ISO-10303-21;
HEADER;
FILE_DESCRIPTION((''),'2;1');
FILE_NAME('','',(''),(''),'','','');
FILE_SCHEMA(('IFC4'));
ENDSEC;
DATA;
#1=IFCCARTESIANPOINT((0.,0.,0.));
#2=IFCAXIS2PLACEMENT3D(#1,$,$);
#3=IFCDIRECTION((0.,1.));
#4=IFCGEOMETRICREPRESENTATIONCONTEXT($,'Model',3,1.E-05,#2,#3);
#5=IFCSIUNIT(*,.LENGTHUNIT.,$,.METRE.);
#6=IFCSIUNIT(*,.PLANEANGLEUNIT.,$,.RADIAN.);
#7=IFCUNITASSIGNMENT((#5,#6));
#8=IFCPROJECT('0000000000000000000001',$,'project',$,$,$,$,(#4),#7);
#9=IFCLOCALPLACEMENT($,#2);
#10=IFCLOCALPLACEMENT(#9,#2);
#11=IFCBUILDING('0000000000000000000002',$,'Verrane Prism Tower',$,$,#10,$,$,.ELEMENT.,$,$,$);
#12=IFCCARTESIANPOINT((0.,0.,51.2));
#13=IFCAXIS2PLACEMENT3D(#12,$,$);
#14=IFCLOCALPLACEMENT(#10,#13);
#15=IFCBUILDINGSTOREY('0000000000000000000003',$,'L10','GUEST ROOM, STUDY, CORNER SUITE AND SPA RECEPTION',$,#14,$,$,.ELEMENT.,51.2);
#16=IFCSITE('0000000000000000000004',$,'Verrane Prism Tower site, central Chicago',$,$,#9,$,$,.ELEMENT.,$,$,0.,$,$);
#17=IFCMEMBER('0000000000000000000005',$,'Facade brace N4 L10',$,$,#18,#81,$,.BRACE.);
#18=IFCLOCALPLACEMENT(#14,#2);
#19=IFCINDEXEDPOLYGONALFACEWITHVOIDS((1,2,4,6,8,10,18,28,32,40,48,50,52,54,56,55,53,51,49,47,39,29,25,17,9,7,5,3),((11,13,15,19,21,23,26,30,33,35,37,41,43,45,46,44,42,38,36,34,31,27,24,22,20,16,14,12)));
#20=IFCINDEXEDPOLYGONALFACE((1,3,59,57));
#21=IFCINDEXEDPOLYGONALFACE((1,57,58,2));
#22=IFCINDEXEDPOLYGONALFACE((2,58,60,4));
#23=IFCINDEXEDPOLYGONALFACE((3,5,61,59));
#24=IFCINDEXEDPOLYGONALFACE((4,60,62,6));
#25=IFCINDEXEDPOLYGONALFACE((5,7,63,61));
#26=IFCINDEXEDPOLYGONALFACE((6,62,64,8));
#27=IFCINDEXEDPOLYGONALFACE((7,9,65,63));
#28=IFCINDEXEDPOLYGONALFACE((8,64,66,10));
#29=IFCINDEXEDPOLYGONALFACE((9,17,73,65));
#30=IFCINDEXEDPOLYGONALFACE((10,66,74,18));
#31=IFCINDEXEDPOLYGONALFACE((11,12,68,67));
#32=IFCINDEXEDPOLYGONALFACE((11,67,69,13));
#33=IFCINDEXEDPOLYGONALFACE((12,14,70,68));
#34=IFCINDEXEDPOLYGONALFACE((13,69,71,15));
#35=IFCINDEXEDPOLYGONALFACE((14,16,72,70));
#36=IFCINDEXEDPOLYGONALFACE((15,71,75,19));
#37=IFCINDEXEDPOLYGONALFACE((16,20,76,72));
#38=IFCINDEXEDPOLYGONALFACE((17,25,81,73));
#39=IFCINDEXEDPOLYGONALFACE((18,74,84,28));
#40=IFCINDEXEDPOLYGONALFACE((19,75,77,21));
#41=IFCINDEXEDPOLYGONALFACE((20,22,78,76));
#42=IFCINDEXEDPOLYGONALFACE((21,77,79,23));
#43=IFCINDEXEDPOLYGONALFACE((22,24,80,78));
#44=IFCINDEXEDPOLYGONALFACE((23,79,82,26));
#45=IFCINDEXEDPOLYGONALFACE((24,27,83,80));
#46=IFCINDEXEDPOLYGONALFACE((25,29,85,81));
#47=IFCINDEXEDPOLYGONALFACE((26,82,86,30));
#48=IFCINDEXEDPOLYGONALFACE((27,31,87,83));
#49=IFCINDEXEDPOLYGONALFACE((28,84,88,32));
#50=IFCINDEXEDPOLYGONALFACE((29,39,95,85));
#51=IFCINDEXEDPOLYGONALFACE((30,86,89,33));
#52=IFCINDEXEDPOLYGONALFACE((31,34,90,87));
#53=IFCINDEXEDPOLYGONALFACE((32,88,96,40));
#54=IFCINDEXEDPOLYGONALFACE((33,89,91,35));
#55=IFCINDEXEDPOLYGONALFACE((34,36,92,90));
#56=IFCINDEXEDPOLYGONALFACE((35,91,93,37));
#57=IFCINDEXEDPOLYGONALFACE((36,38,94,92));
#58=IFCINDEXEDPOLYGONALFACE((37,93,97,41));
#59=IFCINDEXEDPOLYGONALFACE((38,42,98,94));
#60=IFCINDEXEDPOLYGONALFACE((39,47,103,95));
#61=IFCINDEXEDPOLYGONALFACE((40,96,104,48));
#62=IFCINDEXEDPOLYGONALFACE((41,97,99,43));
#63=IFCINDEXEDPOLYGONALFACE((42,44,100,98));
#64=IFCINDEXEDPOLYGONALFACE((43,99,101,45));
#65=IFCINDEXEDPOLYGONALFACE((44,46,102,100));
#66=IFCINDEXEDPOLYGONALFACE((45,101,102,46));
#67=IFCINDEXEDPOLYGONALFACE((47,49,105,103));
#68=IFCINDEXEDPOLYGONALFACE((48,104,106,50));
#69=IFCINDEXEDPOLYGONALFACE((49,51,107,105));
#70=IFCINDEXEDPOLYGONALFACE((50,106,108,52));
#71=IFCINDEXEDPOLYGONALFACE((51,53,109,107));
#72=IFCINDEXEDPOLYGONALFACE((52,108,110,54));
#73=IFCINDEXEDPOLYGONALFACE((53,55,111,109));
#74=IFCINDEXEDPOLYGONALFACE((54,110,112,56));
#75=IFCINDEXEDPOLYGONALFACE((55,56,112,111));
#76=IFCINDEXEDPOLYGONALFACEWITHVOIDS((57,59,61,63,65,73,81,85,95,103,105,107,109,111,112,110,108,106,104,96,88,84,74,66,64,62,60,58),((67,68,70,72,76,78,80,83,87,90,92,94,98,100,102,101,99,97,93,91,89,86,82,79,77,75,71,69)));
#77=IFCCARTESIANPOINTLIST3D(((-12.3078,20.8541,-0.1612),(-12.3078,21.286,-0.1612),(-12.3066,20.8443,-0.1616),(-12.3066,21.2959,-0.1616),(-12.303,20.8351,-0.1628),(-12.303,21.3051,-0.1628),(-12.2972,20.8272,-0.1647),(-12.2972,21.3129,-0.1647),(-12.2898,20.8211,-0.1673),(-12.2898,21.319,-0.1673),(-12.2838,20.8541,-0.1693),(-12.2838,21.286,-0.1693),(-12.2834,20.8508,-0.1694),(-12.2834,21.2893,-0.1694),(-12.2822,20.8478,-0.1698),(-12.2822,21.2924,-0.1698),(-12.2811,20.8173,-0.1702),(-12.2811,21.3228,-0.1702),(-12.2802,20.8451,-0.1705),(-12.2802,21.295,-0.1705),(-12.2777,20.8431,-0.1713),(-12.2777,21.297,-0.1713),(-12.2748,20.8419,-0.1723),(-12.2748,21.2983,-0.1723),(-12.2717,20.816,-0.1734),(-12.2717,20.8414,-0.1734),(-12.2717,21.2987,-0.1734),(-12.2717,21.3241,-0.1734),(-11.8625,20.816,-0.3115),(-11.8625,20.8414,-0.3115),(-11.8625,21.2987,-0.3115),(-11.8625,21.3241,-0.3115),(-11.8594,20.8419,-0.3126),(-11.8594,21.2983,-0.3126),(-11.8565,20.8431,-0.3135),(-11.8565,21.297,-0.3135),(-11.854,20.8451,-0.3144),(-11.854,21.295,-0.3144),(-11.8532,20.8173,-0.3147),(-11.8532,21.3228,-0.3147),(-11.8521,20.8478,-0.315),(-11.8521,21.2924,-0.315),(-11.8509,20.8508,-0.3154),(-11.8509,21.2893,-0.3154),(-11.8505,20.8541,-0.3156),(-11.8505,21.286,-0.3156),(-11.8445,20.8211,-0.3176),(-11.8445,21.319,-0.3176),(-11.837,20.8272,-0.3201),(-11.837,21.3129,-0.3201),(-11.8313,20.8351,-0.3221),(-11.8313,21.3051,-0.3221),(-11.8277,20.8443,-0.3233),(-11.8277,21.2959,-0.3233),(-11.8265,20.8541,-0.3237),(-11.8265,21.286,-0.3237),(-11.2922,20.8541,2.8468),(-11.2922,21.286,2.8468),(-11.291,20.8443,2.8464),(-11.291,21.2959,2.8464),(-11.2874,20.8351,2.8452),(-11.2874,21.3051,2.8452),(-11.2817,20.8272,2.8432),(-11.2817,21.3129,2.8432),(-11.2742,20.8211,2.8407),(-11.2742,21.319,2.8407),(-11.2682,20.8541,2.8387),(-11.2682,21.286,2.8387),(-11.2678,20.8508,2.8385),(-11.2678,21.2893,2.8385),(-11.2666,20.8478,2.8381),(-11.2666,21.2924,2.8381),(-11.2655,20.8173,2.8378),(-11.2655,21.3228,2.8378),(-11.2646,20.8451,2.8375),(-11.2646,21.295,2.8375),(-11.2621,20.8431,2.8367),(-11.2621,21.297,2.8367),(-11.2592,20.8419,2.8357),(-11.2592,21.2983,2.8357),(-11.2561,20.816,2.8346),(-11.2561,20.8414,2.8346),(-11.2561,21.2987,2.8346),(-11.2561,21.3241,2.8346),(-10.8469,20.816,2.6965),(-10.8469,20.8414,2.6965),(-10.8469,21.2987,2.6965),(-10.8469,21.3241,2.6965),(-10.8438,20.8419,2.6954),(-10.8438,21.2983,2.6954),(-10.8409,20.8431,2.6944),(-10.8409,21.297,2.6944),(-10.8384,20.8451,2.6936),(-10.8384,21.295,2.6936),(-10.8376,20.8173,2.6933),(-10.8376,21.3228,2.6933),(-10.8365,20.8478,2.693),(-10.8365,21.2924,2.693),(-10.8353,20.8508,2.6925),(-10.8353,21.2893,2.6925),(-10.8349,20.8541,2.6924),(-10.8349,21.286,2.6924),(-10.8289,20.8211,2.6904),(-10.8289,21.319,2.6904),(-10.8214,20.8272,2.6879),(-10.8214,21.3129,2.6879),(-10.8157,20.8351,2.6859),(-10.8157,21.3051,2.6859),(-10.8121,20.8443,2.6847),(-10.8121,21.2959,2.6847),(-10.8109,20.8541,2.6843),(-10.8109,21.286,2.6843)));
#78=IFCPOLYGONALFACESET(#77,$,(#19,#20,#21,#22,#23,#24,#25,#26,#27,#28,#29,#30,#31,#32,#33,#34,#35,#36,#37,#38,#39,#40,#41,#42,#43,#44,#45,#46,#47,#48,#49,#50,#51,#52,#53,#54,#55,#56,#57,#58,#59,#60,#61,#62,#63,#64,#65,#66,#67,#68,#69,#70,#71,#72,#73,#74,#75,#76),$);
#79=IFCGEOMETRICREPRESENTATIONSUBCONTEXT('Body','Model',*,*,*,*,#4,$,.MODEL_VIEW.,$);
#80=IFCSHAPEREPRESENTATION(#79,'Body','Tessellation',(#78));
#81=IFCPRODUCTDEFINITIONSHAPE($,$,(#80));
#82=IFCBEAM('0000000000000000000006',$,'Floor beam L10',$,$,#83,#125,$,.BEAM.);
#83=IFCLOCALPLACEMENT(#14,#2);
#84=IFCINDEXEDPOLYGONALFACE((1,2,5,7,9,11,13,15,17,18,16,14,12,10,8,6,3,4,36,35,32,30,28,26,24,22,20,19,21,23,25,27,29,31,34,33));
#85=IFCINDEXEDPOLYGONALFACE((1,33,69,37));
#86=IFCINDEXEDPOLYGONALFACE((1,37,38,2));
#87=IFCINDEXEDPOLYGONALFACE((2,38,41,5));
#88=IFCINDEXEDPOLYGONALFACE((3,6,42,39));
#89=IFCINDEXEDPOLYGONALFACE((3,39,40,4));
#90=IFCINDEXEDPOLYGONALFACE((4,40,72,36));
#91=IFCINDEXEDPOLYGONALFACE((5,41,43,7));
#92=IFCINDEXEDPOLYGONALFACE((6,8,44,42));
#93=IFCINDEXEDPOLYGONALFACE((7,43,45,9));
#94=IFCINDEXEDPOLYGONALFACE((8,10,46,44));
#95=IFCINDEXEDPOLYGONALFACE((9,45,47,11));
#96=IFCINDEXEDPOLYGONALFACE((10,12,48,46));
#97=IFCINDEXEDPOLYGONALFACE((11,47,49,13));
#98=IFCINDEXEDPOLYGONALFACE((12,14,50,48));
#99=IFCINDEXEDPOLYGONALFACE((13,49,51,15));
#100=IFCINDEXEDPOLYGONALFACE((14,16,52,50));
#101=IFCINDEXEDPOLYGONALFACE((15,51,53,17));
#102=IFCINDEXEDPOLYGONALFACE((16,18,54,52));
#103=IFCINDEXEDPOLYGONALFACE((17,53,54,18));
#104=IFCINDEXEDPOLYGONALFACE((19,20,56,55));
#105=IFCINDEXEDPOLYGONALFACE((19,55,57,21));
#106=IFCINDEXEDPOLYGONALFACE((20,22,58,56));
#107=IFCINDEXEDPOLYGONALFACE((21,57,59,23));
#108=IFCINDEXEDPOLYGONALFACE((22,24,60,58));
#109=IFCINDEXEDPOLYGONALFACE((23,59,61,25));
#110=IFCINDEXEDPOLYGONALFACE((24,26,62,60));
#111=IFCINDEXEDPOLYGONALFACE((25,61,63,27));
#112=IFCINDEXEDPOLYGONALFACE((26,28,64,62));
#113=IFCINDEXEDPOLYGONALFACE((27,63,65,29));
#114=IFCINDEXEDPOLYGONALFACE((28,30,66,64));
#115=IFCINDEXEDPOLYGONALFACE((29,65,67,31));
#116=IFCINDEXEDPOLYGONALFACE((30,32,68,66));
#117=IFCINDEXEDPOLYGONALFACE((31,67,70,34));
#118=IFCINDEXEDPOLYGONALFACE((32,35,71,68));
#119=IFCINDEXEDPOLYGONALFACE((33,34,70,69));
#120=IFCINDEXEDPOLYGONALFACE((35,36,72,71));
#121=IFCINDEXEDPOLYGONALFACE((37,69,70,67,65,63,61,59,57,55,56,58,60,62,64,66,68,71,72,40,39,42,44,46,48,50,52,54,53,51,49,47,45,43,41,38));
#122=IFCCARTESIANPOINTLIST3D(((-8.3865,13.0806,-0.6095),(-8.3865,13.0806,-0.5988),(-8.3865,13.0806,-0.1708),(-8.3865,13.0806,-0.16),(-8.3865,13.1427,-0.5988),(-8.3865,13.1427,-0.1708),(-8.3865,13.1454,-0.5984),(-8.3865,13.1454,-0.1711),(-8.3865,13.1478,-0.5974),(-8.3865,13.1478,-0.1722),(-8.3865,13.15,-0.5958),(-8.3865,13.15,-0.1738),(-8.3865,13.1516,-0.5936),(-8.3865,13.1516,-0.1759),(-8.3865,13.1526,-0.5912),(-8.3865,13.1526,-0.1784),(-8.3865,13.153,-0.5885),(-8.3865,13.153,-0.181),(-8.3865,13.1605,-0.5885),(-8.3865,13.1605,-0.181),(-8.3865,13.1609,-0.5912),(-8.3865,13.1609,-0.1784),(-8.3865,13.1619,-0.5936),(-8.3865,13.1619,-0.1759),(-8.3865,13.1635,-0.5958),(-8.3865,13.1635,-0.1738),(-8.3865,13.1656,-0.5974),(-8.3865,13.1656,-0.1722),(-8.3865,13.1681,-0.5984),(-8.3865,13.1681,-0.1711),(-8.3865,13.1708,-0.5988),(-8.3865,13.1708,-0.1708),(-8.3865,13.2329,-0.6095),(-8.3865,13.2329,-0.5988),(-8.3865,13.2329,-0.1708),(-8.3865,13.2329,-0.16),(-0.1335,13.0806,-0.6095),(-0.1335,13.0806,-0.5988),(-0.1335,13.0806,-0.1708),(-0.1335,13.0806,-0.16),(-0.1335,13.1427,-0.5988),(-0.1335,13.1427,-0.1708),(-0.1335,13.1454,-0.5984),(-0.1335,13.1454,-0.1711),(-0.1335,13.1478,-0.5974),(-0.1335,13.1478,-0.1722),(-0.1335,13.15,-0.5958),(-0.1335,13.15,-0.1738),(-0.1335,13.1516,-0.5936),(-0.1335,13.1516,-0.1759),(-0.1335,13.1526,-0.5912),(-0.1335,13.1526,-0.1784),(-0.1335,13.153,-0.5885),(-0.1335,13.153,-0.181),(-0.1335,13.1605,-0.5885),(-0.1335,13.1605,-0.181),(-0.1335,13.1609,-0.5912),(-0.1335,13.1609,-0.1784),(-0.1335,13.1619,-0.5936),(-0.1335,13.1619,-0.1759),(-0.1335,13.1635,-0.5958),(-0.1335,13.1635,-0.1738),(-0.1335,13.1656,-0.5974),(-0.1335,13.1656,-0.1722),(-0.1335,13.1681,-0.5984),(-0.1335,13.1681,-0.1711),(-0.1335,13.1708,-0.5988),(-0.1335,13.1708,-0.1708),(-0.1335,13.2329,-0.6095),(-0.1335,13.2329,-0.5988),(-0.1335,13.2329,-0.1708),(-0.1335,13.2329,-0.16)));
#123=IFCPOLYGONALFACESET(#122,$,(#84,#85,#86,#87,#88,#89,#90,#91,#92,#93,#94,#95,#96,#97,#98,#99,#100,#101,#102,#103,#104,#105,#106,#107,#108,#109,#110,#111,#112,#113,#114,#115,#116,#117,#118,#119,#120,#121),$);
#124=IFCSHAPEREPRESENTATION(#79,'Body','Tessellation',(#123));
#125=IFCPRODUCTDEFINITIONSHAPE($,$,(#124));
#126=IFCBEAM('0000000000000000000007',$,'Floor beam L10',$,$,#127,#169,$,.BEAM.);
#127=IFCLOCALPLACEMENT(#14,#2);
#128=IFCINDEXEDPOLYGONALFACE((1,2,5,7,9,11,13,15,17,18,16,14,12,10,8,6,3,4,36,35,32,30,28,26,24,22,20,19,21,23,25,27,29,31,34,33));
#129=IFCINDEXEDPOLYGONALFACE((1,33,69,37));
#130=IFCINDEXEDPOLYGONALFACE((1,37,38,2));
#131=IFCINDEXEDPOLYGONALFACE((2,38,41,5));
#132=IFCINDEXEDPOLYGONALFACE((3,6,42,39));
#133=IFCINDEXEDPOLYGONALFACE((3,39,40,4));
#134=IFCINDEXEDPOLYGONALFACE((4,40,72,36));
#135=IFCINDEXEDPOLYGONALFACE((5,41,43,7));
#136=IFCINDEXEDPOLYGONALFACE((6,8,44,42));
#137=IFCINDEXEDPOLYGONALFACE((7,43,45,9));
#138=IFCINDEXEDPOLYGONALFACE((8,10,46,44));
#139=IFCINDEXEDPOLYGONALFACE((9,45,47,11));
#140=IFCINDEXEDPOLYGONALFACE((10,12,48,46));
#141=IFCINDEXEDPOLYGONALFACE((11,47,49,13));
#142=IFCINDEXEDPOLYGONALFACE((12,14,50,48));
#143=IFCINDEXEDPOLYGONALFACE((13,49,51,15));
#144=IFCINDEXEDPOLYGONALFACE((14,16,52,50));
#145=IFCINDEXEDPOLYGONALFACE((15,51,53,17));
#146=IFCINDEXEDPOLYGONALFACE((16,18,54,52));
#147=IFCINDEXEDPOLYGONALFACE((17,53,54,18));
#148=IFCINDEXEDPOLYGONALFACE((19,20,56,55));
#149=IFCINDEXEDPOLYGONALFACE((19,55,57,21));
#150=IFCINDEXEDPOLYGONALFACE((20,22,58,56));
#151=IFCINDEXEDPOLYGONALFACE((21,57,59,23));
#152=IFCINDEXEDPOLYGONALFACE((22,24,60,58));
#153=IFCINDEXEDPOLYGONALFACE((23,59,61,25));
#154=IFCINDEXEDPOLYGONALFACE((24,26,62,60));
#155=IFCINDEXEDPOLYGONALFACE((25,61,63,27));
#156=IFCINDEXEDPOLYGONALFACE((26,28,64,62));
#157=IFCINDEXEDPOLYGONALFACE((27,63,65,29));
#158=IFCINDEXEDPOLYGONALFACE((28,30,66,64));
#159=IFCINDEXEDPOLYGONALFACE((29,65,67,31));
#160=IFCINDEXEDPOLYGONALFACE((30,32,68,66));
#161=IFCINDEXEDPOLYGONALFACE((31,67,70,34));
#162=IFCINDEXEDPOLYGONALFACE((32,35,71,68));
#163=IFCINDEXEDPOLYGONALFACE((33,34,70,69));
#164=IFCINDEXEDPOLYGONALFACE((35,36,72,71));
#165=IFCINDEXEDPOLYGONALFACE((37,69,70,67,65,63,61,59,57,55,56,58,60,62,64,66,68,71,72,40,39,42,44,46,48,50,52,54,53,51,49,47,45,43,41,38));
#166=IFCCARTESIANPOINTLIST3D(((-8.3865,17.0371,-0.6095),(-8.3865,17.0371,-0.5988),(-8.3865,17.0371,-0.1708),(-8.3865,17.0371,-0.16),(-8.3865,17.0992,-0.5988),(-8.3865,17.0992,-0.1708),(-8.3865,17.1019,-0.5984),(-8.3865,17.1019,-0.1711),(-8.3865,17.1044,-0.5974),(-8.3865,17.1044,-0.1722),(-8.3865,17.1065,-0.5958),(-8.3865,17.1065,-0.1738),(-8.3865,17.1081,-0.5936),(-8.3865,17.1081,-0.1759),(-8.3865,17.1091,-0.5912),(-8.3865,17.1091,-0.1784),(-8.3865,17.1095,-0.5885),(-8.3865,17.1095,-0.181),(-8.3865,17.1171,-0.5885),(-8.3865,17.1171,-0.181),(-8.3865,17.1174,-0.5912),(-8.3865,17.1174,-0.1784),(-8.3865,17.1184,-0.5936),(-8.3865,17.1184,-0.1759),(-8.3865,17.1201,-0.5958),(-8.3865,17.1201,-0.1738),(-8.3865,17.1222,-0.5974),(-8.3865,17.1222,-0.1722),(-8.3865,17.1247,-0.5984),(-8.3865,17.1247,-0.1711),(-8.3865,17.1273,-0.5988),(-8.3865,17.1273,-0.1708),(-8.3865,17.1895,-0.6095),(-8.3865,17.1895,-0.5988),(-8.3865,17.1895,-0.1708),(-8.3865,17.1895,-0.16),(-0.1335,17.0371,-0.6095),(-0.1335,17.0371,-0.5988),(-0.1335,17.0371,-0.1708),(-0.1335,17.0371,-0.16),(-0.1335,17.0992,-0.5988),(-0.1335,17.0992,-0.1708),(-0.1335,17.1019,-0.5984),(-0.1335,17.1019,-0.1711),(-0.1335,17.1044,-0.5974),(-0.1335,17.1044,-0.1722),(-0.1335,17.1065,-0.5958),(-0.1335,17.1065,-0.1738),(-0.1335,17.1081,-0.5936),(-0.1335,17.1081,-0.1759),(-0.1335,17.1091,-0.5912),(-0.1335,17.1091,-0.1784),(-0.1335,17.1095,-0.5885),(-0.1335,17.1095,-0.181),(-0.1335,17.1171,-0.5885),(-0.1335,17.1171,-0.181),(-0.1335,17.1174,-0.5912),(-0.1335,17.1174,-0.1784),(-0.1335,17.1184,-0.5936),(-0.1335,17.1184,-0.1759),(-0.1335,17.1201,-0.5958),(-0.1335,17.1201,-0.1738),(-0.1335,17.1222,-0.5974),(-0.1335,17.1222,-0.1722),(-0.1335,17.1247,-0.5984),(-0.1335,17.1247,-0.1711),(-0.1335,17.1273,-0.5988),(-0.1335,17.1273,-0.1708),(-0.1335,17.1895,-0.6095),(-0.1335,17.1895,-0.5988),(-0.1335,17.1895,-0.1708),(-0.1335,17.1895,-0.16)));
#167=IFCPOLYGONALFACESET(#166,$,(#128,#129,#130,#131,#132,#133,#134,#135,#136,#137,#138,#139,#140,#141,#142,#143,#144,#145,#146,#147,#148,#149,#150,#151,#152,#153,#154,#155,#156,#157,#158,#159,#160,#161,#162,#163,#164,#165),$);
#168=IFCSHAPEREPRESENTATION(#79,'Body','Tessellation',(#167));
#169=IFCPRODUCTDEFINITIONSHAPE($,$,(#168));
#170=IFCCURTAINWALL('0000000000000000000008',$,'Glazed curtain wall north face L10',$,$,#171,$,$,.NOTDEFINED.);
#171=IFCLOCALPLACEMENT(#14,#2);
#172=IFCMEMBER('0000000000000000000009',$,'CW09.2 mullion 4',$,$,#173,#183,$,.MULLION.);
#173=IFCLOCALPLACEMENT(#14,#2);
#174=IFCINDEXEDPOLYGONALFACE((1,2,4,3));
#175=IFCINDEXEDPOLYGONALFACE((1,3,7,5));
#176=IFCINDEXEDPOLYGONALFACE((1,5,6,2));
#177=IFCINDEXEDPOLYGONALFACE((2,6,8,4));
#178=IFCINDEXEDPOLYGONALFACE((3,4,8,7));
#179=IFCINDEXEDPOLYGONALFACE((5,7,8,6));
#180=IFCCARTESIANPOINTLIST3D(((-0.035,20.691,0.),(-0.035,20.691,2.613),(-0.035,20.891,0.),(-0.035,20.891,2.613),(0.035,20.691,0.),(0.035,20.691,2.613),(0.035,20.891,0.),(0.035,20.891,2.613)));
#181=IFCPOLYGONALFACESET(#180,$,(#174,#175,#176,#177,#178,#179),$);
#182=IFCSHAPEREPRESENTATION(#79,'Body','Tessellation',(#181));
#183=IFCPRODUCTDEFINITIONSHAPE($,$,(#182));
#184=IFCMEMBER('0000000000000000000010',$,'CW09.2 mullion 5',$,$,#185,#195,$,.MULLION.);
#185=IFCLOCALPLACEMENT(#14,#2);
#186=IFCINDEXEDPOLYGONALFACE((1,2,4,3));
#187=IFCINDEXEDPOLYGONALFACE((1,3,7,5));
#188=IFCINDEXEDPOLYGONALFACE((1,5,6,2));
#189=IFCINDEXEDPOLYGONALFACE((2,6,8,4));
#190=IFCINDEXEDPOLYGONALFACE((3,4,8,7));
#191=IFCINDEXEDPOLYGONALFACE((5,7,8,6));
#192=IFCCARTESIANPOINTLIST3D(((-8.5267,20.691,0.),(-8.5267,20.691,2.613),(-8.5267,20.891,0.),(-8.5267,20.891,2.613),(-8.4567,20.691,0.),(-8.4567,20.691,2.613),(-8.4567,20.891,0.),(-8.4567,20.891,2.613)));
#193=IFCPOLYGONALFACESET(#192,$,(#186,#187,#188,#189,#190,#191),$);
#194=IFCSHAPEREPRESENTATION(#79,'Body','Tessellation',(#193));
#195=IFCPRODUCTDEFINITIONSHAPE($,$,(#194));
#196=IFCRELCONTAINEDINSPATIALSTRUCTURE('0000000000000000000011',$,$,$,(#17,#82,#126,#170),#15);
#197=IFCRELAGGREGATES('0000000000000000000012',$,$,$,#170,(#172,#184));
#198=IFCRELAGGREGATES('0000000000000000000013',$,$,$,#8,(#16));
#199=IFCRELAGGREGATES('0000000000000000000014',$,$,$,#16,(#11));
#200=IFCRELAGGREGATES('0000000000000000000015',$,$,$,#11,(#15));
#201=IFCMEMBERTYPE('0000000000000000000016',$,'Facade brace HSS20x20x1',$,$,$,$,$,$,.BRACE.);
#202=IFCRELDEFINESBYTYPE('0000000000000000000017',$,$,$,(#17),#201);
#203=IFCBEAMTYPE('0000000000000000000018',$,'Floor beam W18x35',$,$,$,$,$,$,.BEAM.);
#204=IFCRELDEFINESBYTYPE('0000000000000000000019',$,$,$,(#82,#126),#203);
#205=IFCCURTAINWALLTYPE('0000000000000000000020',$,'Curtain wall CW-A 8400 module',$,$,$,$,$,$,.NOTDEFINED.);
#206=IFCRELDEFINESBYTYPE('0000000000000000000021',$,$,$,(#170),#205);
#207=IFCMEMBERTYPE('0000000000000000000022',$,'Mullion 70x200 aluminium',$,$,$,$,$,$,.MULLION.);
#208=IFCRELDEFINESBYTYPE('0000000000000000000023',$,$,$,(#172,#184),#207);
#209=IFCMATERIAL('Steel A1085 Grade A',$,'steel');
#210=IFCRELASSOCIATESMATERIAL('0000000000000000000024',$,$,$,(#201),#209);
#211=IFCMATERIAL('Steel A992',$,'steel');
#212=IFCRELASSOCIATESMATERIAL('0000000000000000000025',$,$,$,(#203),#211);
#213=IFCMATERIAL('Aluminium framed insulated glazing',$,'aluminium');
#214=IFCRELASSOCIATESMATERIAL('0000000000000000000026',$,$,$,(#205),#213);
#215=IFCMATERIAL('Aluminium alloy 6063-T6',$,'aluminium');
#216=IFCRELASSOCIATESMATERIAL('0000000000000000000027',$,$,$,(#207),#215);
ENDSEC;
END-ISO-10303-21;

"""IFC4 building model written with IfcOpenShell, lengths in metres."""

from ifc_helpers import new_model, si_unit, direction, frame, origin, origin_2d, place, context, subcontext, project, spatial, rectangle, hollow_rectangle, i_section, extrude, material, material_profile, profile_set, type_object, element, aggregate, save


model = new_model("IFC4")

# Units and contexts
model_context = context("Model", 3, precision=1e-05, world=origin(), true_north=direction((0.0, 1.0)))
body_context = subcontext(model_context, "Body", "Model", "MODEL_VIEW")
ifc_project = project(units=[si_unit("LENGTHUNIT", "METRE"), si_unit("PLANEANGLEUNIT", "RADIAN")], contexts=[model_context])

# Site, building, storey
site_placement = place(None, origin())
site = spatial("IfcSite", under=ifc_project, at=site_placement, Name="Verrane Prism Tower site, central Chicago", CompositionType="ELEMENT", RefElevation=0.0)
building_placement = place(site_placement, origin())
building = spatial("IfcBuilding", under=site, at=building_placement, Name="Verrane Prism Tower", CompositionType="ELEMENT")
storey_placement = place(building_placement, frame((0.0, 0.0, 51.2)))
storey = spatial("IfcBuildingStorey", under=building, at=storey_placement, Name="L10", Description="GUEST ROOM, STUDY, CORNER SUITE AND SPA RECEPTION", CompositionType="ELEMENT", Elevation=51.2)

# Member
ifc_material_1 = material(Name="Steel A1085 Grade A", Category="steel")
ifc_material_profile_1 = material_profile(ifc_material_1, hollow_rectangle(XDim=0.5081, YDim=0.5081, WallThickness=0.0254, InnerFilletRadius=0.0127, OuterFilletRadius=0.0381, at=origin_2d()), Name="HSS20x20x1")
ifc_profile_set_1 = profile_set([ifc_material_profile_1], Name="Steel A1085 Grade A")
member_type_1 = type_object("IfcMemberType", Name="Facade brace HSS20x20x1", PredefinedType="BRACE", material=ifc_profile_set_1)
member_1_placement = place(storey_placement, frame((-12.0671, 21.0701, -0.2424), z_axis=(0.319893, 0.0, 0.947454), x_axis=(0.0, 1.0, 0.0)))
element("IfcMember", 1, at=member_1_placement, inside=storey, type_object=member_type_1, Name="Facade brace N4 L10", PredefinedType="BRACE", context=body_context, shape_type="SweptSolid", body=[
    extrude(hollow_rectangle(XDim=0.5081, YDim=0.5081, WallThickness=0.0254, InnerFilletRadius=0.0127, OuterFilletRadius=0.0381, at=origin_2d()), origin(), (0.0, 0.0, 1.0), 3.1748),
])

# Beams
ifc_material_2 = material(Name="Steel A992", Category="steel")
ifc_material_profile_2 = material_profile(ifc_material_2, i_section(OverallWidth=0.1523, OverallDepth=0.4495, WebThickness=0.0076, FlangeThickness=0.0107, FilletRadius=0.0103, at=origin_2d()), Name="W18x35")
ifc_profile_set_2 = profile_set([ifc_material_profile_2], Name="Steel A992")
beam_type_1 = type_object("IfcBeamType", Name="Floor beam W18x35", PredefinedType="BEAM", material=ifc_profile_set_2)
for number, where, z_axis, x_axis, name in (
    (2, (-8.3865, 13.1567, -0.3848), (1.0, 0.0, 0.0), (0.0, 1.0, 0.0), "Floor beam L10"),
    (3, (-8.3865, 17.1133, -0.3848), (1.0, 0.0, 0.0), (0.0, 1.0, 0.0), "Floor beam L10"),
):
    element("IfcBeam", number, at=place(storey_placement, frame(where, z_axis=z_axis, x_axis=x_axis)), inside=storey, type_object=beam_type_1, Name=name, PredefinedType="BEAM", context=body_context, shape_type="SweptSolid", body=[
        extrude(i_section(OverallWidth=0.1523, OverallDepth=0.4495, WebThickness=0.0076, FlangeThickness=0.0107, FilletRadius=0.0103, at=origin_2d()), origin(), (0.0, 0.0, 1.0), 8.2529),
    ])

# Curtain wall, members
ifc_material_3 = material(Name="Aluminium framed insulated glazing", Category="aluminium")
curtain_wall_type = type_object("IfcCurtainWallType", Name="Curtain wall CW-A 8400 module", PredefinedType="NOTDEFINED", material=ifc_material_3)
curtain_wall_placement = place(storey_placement, origin())
curtain_wall = element("IfcCurtainWall", 4, at=curtain_wall_placement, inside=storey, type_object=curtain_wall_type, Name="Glazed curtain wall north face L10", PredefinedType="NOTDEFINED")
ifc_material_4 = material(Name="Aluminium alloy 6063-T6", Category="aluminium")
ifc_material_profile_3 = material_profile(ifc_material_4, rectangle(XDim=0.2, YDim=0.0701, at=origin_2d()), Name="Mullion 70x200 aluminium")
ifc_profile_set_3 = profile_set([ifc_material_profile_3], Name="Aluminium alloy 6063-T6")
member_type_2 = type_object("IfcMemberType", Name="Mullion 70x200 aluminium", PredefinedType="MULLION", material=ifc_profile_set_3)
member_2_placement = place(storey_placement, frame((0.0, 20.791, 0.0), z_axis=(0.0, 0.0, 1.0), x_axis=(0.0, -1.0, 0.0)))
member_2 = element("IfcMember", 5, at=member_2_placement, type_object=member_type_2, Name="CW09.2 mullion 4", PredefinedType="MULLION", context=body_context, shape_type="SweptSolid", body=[
    extrude(rectangle(XDim=0.2, YDim=0.0701, at=origin_2d()), origin(), (0.0, 0.0, 1.0), 2.613),
])
member_3_placement = place(storey_placement, frame((-8.4917, 20.791, 0.0), z_axis=(0.0, 0.0, 1.0), x_axis=(0.0, -1.0, 0.0)))
member_3 = element("IfcMember", 6, at=member_3_placement, type_object=member_type_2, Name="CW09.2 mullion 5", PredefinedType="MULLION", context=body_context, shape_type="SweptSolid", body=[
    extrude(rectangle(XDim=0.2, YDim=0.0701, at=origin_2d()), origin(), (0.0, 0.0, 1.0), 2.613),
])

aggregate(curtain_wall, [member_2, member_3])

save(model, "model.ifc")
